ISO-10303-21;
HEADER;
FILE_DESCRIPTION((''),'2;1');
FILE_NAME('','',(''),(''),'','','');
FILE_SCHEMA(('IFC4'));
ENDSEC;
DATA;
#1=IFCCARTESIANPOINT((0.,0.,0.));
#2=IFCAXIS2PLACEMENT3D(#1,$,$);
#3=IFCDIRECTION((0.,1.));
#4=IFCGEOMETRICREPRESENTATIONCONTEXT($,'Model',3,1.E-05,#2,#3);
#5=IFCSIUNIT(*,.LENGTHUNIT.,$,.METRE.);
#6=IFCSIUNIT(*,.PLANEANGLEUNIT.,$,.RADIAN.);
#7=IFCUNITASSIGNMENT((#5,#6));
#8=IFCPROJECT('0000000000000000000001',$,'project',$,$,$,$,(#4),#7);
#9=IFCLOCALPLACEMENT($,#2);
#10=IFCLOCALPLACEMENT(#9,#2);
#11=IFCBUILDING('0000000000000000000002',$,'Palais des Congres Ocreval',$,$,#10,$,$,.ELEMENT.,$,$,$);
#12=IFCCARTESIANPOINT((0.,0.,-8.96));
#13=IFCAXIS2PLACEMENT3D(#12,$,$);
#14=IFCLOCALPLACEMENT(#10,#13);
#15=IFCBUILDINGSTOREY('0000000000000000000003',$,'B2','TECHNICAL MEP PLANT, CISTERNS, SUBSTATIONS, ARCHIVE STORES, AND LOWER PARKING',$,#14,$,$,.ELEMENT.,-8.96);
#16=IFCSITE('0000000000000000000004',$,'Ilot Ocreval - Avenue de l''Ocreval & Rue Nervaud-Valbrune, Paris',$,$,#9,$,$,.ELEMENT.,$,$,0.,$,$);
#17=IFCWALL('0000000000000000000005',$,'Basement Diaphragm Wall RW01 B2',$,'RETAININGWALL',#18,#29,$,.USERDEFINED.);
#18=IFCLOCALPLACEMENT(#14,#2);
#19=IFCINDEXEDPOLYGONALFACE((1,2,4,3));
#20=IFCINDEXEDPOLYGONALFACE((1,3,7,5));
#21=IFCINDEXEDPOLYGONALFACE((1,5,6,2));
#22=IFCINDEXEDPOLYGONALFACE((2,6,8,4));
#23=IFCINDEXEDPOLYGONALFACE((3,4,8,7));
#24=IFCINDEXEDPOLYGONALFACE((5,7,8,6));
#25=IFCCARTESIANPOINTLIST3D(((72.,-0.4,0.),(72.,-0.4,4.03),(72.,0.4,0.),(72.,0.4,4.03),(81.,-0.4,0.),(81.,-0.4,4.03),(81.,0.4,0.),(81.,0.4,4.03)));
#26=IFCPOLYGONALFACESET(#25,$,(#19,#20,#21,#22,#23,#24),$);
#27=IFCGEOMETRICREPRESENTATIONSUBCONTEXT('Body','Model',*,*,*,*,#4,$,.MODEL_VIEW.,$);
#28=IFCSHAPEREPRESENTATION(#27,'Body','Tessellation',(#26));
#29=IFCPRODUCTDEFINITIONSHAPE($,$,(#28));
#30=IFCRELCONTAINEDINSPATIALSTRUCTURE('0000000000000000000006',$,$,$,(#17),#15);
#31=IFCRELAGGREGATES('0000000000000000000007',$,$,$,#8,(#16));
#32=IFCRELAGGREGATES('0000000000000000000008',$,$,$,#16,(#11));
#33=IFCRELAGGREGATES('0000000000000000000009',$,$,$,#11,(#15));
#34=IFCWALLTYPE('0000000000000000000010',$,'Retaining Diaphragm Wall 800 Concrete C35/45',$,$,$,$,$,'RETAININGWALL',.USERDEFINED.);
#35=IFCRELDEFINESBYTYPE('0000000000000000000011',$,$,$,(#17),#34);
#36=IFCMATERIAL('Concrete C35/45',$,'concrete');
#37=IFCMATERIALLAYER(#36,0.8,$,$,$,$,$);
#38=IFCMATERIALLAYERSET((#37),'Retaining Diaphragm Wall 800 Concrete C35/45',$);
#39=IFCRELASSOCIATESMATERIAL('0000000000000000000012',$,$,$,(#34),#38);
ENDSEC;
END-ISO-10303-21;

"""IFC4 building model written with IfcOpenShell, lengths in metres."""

from ifc_helpers import new_model, si_unit, direction, frame, frame_2d, origin, place, context, subcontext, project, spatial, rectangle, extrude, material, layer, layer_set, type_object, element, save


model = new_model("IFC4")

# Units and contexts
model_context = context("Model", 3, precision=1e-05, world=origin(), true_north=direction((0.0, 1.0)))
body_context = subcontext(model_context, "Body", "Model", "MODEL_VIEW")
ifc_project = project(units=[si_unit("LENGTHUNIT", "METRE"), si_unit("PLANEANGLEUNIT", "RADIAN")], contexts=[model_context])

# Site, building, storey
site_placement = place(None, origin())
site = spatial("IfcSite", under=ifc_project, at=site_placement, Name="Ilot Ocreval - Avenue de l'Ocreval & Rue Nervaud-Valbrune, Paris", CompositionType="ELEMENT", RefElevation=0.0)
building_placement = place(site_placement, origin())
building = spatial("IfcBuilding", under=site, at=building_placement, Name="Palais des Congres Ocreval", CompositionType="ELEMENT")
storey_placement = place(building_placement, frame((0.0, 0.0, -8.96)))
storey = spatial("IfcBuildingStorey", under=building, at=storey_placement, Name="B2", Description="TECHNICAL MEP PLANT, CISTERNS, SUBSTATIONS, ARCHIVE STORES, AND LOWER PARKING", CompositionType="ELEMENT", Elevation=-8.96)

# Shared definitions
ifc_material_1 = material(Name="Concrete C35/45", Category="concrete")

# Wall
ifc_layer = layer(ifc_material_1, 0.8)
ifc_layer_set = layer_set([ifc_layer], Name="Retaining Diaphragm Wall 800 Concrete C35/45")
wall_type = type_object("IfcWallType", Name="Retaining Diaphragm Wall 800 Concrete C35/45", ElementType="RETAININGWALL", PredefinedType="USERDEFINED", material=ifc_layer_set)
for number, where, z_axis, x_axis, name in (
    (1, (81.0, 0.0, 0.0), (0.0, 0.0, 1.0), (-1.0, 0.0, 0.0), "Basement Diaphragm Wall RW01 B2"),
):
    element("IfcWall", number, at=place(storey_placement, frame(where, z_axis=z_axis, x_axis=x_axis)), inside=storey, type_object=wall_type, Name=name, ObjectType="RETAININGWALL", PredefinedType="USERDEFINED", context=body_context, shape_type="SweptSolid", body=[
        extrude(rectangle(XDim=9.0, YDim=0.8, at=frame_2d((4.5, 0.0))), origin(), (0.0, 0.0, 1.0), 4.03),
    ])

save(model, "model.ifc")
